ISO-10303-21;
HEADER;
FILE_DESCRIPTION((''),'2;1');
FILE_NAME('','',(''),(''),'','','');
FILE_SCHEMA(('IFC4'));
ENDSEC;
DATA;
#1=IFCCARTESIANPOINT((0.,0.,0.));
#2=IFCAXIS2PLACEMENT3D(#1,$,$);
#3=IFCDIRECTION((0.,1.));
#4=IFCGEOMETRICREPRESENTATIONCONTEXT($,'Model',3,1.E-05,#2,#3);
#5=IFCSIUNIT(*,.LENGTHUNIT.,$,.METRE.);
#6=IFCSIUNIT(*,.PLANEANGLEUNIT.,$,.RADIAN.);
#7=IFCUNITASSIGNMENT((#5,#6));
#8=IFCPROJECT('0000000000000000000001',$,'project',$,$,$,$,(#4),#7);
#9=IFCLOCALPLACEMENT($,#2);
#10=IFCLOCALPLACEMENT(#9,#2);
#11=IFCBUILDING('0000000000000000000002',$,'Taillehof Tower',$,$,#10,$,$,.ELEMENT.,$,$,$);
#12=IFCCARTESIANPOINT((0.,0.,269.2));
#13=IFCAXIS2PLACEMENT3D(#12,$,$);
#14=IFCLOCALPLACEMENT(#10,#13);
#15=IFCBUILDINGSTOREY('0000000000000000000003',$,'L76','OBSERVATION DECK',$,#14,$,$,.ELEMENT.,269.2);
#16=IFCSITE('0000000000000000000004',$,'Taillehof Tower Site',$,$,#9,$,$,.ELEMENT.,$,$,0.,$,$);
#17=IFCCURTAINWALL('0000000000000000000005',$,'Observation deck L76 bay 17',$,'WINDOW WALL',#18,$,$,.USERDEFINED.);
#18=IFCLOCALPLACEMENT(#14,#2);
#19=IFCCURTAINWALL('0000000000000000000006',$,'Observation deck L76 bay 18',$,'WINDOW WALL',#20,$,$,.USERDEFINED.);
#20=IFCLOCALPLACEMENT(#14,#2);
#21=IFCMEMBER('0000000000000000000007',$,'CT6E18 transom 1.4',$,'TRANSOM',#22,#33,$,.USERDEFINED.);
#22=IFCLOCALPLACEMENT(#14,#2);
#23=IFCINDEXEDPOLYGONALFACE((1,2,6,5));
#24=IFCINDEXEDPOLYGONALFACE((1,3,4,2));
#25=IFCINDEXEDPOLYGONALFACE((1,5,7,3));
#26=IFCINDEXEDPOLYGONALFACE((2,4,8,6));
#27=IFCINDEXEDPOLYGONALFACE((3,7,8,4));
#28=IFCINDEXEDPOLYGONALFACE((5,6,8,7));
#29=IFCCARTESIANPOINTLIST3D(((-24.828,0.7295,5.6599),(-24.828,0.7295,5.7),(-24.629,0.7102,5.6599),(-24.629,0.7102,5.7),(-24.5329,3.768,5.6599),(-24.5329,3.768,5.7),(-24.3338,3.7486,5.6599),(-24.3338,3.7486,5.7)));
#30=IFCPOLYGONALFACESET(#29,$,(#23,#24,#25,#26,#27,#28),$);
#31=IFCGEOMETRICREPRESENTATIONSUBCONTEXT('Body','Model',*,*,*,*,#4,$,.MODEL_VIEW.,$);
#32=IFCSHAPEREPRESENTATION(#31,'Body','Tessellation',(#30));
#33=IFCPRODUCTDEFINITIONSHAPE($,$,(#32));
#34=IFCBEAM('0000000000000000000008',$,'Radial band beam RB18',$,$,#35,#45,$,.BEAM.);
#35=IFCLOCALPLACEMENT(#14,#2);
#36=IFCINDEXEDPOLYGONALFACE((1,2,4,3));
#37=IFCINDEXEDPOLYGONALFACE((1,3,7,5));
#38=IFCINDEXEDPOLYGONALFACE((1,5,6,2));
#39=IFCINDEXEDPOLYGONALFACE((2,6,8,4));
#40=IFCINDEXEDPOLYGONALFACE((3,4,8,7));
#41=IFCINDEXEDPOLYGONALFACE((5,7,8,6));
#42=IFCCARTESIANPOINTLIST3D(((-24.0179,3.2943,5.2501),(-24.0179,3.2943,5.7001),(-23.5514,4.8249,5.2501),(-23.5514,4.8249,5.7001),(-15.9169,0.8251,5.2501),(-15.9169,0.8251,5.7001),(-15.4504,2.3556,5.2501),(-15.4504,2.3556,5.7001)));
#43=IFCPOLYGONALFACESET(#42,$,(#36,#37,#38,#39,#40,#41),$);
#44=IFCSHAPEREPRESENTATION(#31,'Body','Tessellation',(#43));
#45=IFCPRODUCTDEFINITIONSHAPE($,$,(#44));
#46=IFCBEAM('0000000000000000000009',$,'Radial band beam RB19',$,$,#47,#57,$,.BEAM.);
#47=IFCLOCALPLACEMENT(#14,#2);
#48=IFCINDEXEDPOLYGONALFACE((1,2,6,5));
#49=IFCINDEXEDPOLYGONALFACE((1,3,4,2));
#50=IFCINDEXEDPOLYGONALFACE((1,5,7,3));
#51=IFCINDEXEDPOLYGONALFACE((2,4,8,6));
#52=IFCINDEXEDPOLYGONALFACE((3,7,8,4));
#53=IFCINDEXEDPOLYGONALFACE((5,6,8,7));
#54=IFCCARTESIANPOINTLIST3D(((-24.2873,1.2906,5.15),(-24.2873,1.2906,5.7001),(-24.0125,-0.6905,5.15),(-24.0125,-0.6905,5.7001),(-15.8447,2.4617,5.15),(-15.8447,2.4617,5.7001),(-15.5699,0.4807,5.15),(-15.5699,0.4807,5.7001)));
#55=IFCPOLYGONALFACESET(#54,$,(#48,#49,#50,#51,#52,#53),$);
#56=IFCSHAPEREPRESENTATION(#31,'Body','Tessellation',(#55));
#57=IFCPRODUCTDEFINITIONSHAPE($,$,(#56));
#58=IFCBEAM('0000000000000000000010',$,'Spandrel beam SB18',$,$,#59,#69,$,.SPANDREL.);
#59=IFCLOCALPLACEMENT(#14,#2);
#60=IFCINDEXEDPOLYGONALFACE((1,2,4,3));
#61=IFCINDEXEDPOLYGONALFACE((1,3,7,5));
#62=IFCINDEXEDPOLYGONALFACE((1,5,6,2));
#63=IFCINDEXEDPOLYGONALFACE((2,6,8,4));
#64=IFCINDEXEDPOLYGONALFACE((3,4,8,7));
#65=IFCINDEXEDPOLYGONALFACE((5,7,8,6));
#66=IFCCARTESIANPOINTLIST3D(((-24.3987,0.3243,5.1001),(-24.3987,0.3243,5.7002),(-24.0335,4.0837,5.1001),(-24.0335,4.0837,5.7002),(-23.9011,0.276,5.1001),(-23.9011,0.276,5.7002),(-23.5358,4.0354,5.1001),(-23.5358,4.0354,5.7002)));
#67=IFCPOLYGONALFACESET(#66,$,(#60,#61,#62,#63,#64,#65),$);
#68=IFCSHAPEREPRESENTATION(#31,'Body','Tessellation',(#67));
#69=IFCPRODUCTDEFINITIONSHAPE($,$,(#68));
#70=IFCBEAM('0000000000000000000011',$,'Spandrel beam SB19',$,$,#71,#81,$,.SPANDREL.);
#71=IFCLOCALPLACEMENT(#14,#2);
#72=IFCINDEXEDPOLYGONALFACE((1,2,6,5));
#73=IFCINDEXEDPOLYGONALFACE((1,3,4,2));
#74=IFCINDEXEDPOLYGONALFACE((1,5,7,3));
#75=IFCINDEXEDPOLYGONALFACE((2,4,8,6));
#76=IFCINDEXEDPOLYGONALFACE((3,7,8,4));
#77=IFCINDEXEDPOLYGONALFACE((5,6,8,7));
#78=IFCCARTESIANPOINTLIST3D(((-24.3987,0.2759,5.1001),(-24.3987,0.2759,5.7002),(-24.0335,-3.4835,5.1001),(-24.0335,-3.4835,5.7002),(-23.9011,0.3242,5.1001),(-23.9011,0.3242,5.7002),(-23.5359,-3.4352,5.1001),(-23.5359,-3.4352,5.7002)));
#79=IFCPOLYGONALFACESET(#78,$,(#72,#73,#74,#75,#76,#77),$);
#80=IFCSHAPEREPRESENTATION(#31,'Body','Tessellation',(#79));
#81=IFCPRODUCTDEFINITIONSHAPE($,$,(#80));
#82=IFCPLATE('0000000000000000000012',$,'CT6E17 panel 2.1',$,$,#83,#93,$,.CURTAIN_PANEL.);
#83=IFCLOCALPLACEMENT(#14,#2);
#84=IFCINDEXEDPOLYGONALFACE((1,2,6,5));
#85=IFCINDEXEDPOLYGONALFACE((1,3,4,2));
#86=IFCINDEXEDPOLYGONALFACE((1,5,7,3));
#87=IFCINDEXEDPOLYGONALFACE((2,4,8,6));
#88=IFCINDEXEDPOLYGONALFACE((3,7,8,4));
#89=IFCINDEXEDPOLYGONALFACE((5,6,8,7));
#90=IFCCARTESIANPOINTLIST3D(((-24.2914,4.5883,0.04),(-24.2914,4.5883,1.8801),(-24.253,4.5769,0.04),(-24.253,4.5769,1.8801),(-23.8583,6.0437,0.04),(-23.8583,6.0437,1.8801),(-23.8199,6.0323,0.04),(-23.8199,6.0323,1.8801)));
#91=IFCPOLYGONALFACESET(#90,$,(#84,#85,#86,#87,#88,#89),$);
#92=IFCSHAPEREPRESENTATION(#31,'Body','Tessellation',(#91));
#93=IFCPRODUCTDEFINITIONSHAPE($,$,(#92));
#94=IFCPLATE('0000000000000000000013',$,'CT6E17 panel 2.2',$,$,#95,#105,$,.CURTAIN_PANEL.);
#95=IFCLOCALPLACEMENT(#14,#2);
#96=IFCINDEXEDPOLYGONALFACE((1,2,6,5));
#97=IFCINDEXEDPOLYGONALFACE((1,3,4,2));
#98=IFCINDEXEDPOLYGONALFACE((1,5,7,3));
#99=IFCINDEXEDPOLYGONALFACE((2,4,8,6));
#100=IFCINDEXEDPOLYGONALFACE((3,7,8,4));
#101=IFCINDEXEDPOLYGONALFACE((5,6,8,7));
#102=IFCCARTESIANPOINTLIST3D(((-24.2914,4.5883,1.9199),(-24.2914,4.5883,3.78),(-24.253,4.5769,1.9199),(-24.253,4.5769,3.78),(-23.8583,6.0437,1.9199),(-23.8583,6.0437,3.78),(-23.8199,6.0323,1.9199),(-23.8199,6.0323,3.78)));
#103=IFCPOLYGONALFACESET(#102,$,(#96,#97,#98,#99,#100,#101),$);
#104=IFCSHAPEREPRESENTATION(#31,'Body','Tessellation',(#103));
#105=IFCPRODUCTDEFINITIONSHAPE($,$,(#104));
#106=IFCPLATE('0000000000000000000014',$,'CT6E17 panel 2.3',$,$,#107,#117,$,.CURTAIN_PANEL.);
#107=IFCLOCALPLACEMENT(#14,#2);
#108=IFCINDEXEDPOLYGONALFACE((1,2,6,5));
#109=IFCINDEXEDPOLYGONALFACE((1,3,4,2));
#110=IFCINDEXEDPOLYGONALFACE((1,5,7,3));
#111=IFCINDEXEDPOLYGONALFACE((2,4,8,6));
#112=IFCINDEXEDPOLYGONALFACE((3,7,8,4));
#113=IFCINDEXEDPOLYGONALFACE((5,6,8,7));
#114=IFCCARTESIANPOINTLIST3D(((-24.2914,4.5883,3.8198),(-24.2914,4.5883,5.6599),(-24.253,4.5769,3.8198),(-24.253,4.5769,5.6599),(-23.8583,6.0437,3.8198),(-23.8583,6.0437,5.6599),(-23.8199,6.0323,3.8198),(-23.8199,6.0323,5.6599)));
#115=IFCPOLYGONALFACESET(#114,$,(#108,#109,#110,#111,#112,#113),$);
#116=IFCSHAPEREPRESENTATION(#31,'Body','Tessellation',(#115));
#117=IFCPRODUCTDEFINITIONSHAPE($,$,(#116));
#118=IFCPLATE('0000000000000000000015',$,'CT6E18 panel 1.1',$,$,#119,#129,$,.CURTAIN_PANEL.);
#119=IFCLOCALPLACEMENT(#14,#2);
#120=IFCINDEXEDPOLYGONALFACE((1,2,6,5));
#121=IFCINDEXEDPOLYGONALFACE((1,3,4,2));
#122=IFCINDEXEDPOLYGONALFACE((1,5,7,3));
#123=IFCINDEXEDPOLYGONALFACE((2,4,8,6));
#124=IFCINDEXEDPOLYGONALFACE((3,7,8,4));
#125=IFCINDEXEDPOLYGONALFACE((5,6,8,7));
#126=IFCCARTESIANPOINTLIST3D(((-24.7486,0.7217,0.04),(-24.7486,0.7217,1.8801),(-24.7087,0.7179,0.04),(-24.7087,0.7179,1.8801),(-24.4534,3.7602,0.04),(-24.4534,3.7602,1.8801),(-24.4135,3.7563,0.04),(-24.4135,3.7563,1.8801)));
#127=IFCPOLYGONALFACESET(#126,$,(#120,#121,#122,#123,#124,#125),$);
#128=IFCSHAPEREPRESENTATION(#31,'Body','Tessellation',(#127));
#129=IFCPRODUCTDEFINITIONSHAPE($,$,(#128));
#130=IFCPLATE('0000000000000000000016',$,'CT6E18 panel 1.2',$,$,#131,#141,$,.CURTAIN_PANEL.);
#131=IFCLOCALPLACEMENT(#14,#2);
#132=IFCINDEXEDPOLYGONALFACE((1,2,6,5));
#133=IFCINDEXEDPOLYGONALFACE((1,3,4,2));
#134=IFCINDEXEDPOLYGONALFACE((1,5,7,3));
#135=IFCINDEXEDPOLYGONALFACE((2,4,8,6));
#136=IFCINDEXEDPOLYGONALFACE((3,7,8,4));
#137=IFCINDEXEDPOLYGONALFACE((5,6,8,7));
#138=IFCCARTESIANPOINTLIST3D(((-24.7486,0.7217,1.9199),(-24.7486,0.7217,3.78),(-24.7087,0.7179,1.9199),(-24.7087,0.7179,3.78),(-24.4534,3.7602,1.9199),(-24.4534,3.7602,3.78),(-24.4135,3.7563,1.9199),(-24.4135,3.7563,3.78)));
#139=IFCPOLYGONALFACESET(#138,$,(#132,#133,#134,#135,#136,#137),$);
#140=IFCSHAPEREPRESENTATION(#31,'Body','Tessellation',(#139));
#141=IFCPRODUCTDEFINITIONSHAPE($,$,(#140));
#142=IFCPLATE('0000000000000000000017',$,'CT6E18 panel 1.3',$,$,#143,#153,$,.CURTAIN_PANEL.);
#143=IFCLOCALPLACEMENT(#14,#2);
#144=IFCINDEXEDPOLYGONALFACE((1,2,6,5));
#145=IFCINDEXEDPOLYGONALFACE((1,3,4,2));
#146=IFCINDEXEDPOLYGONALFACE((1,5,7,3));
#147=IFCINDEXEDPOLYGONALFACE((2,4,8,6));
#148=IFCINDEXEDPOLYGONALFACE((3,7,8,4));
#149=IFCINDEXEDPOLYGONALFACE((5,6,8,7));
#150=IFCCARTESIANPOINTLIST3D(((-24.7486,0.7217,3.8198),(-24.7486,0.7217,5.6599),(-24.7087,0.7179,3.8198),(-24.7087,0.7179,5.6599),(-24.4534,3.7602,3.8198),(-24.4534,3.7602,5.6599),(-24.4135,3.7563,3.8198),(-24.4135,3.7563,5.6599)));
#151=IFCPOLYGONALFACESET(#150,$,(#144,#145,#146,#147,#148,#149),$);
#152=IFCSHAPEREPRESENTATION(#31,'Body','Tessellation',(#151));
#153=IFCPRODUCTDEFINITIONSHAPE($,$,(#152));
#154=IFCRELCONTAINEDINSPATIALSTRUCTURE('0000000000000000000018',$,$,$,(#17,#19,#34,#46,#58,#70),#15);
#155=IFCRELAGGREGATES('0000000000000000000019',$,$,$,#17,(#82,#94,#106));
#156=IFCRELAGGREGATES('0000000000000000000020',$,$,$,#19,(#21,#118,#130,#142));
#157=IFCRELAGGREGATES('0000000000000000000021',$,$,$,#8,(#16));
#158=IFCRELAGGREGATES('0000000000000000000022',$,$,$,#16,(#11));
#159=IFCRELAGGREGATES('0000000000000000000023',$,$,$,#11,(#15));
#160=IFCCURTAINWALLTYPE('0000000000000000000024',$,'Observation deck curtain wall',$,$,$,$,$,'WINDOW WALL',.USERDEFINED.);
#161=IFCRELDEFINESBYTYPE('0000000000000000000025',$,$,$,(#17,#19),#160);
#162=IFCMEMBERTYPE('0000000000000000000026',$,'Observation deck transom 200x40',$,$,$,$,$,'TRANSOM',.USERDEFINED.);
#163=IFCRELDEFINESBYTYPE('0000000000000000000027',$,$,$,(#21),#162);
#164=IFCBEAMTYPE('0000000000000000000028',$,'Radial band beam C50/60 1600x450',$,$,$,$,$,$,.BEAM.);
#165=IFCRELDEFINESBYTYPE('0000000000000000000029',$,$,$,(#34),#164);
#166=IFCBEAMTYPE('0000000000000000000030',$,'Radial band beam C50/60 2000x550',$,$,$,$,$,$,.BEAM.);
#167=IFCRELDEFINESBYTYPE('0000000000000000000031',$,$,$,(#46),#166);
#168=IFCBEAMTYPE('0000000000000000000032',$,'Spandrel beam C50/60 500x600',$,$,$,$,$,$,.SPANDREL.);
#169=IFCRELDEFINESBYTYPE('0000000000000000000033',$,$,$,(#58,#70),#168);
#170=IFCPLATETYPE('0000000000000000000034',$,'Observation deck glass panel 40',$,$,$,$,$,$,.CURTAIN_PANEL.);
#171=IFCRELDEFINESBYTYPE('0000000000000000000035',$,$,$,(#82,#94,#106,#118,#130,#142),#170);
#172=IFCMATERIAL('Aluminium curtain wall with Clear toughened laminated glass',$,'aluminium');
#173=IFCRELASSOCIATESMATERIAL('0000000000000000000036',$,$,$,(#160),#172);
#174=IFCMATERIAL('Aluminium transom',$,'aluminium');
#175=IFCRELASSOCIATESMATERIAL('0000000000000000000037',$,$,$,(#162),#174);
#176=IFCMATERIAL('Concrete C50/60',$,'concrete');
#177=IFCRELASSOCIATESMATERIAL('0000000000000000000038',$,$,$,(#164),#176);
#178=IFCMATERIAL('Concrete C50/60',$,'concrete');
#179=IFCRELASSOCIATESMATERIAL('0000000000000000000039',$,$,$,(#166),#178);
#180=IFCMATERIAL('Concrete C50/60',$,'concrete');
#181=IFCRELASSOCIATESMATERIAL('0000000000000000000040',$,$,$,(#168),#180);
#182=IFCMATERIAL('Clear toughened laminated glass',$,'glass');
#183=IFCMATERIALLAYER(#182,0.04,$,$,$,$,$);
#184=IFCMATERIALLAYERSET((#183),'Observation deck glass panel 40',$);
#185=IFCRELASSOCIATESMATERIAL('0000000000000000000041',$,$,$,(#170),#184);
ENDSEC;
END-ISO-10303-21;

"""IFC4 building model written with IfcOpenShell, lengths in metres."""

from ifc_helpers import new_model, si_unit, direction, frame, origin, origin_2d, place, context, subcontext, project, spatial, rectangle, extrude, material, layer, layer_set, material_profile, profile_set, type_object, element, aggregate, save


model = new_model("IFC4")

# Units and contexts
model_context = context("Model", 3, precision=1e-05, world=origin(), true_north=direction((0.0, 1.0)))
body_context = subcontext(model_context, "Body", "Model", "MODEL_VIEW")
ifc_project = project(units=[si_unit("LENGTHUNIT", "METRE"), si_unit("PLANEANGLEUNIT", "RADIAN")], contexts=[model_context])

# Site, building, storey
site_placement = place(None, origin())
site = spatial("IfcSite", under=ifc_project, at=site_placement, Name="Taillehof Tower Site", CompositionType="ELEMENT", RefElevation=0.0)
building_placement = place(site_placement, origin())
building = spatial("IfcBuilding", under=site, at=building_placement, Name="Taillehof Tower", CompositionType="ELEMENT")
storey_placement = place(building_placement, frame((0.0, 0.0, 269.2)))
storey = spatial("IfcBuildingStorey", under=building, at=storey_placement, Name="L76", Description="OBSERVATION DECK", CompositionType="ELEMENT", Elevation=269.2)

# Curtain wall
ifc_material_1 = material(Name="Aluminium curtain wall with Clear toughened laminated glass", Category="aluminium")
curtain_wall_type = type_object("IfcCurtainWallType", Name="Observation deck curtain wall", ElementType="WINDOW WALL", PredefinedType="USERDEFINED", material=ifc_material_1)
curtain_wall_1_placement = place(storey_placement, origin())
curtain_wall_1 = element("IfcCurtainWall", 1, at=curtain_wall_1_placement, inside=storey, type_object=curtain_wall_type, Name="Observation deck L76 bay 17", ObjectType="WINDOW WALL", PredefinedType="USERDEFINED")

# Curtain wall
curtain_wall_2_placement = place(storey_placement, origin())
curtain_wall_2 = element("IfcCurtainWall", 2, at=curtain_wall_2_placement, inside=storey, type_object=curtain_wall_type, Name="Observation deck L76 bay 18", ObjectType="WINDOW WALL", PredefinedType="USERDEFINED")

# Member
ifc_material_2 = material(Name="Aluminium transom", Category="aluminium")
ifc_material_profile_1 = material_profile(ifc_material_2, rectangle(XDim=0.2, YDim=0.04, at=origin_2d()), Name="AL 200x40")
ifc_profile_set_1 = profile_set([ifc_material_profile_1], Name="Aluminium transom")
member_type_1 = type_object("IfcMemberType", Name="Observation deck transom 200x40", ElementType="TRANSOM", PredefinedType="USERDEFINED", material=ifc_profile_set_1)
member_1_placement = place(storey_placement, frame((-24.4333, 3.7583, 5.6799), z_axis=(-0.096692, -0.995314, 0.0), x_axis=(0.995314, -0.096692, 0.0)))
member_1 = element("IfcMember", 3, at=member_1_placement, type_object=member_type_1, Name="CT6E18 transom 1.4", ObjectType="TRANSOM", PredefinedType="USERDEFINED", context=body_context, shape_type="SweptSolid", body=[
    extrude(rectangle(XDim=0.2, YDim=0.04, at=origin_2d()), origin(), (0.0, 0.0, 1.0), 3.0527),
])

# Beams
ifc_material_3 = material(Name="Concrete C50/60", Category="concrete")
ifc_material_profile_2 = material_profile(ifc_material_3, rectangle(XDim=1.6001, YDim=0.45, at=origin_2d()), Name="RC 1600x450")
ifc_profile_set_2 = profile_set([ifc_material_profile_2], Name="Concrete C50/60")
beam_type_1 = type_object("IfcBeamType", Name="Radial band beam C50/60 1600x450", PredefinedType="BEAM", material=ifc_profile_set_2)
beam_1_placement = place(storey_placement, frame((-23.7847, 4.0596, 5.4751), z_axis=(0.956552, -0.291561, 0.0), x_axis=(0.291561, 0.956552, 0.0)))
element("IfcBeam", 4, at=beam_1_placement, inside=storey, type_object=beam_type_1, Name="Radial band beam RB18", PredefinedType="BEAM", context=body_context, shape_type="SweptSolid", body=[
    extrude(rectangle(XDim=1.6001, YDim=0.45, at=origin_2d()), origin(), (0.0, 0.0, 1.0), 8.469),
])
ifc_material_4 = material(Name="Concrete C50/60", Category="concrete")
ifc_material_profile_3 = material_profile(ifc_material_4, rectangle(XDim=2.0, YDim=0.55, at=origin_2d()), Name="RC 2000x550")
ifc_profile_set_3 = profile_set([ifc_material_profile_3], Name="Concrete C50/60")
beam_type_2 = type_object("IfcBeamType", Name="Radial band beam C50/60 2000x550", PredefinedType="BEAM", material=ifc_profile_set_3)
beam_2_placement = place(storey_placement, frame((-24.1499, 0.3, 5.425), z_axis=(0.990515, 0.137402, 0.0), x_axis=(-0.137402, 0.990515, 0.0)))
element("IfcBeam", 5, at=beam_2_placement, inside=storey, type_object=beam_type_2, Name="Radial band beam RB19", PredefinedType="BEAM", context=body_context, shape_type="SweptSolid", body=[
    extrude(rectangle(XDim=2.0, YDim=0.55, at=origin_2d()), origin(), (0.0, 0.0, 1.0), 8.5234),
])
ifc_material_5 = material(Name="Concrete C50/60", Category="concrete")
ifc_material_profile_4 = material_profile(ifc_material_5, rectangle(XDim=0.5, YDim=0.6001, at=origin_2d()), Name="RC 500x600")
ifc_profile_set_4 = profile_set([ifc_material_profile_4], Name="Concrete C50/60")
beam_type_3 = type_object("IfcBeamType", Name="Spandrel beam C50/60 500x600", PredefinedType="SPANDREL", material=ifc_profile_set_4)
for number, where, z_axis, x_axis, name in (
    (6, (-23.7847, 4.0596, 5.4001), (-0.096694, -0.995314, 0.0), (0.995314, -0.096694, 0.0), "Spandrel beam SB18"),
    (7, (-24.1499, 0.3, 5.4001), (0.096694, -0.995314, 0.0), (0.995314, 0.096694, 0.0), "Spandrel beam SB19"),
):
    element("IfcBeam", number, at=place(storey_placement, frame(where, z_axis=z_axis, x_axis=x_axis)), inside=storey, type_object=beam_type_3, Name=name, PredefinedType="SPANDREL", context=body_context, shape_type="SweptSolid", body=[
        extrude(rectangle(XDim=0.5, YDim=0.6001, at=origin_2d()), origin(), (0.0, 0.0, 1.0), 3.7771),
    ])

# Plates
ifc_material_6 = material(Name="Clear toughened laminated glass", Category="glass")
ifc_layer = layer(ifc_material_6, 0.04)
ifc_layer_set = layer_set([ifc_layer], Name="Observation deck glass panel 40")
plate_type = type_object("IfcPlateType", Name="Observation deck glass panel 40", PredefinedType="CURTAIN_PANEL", material=ifc_layer_set)
plate_1_placement = place(storey_placement, frame((-24.0557, 5.3103, 0.04), z_axis=(0.0, 0.0, 1.0), x_axis=(-0.285236, -0.958457, 0.0)))
plate_1 = element("IfcPlate", 8, at=plate_1_placement, type_object=plate_type, Name="CT6E17 panel 2.1", PredefinedType="CURTAIN_PANEL", context=body_context, shape_type="SweptSolid", body=[
    extrude(rectangle(XDim=1.5186, YDim=0.04, at=origin_2d()), origin(), (0.0, 0.0, 1.0), 1.8401),
])
plate_2_placement = place(storey_placement, frame((-24.0557, 5.3103, 1.9199), z_axis=(0.0, 0.0, 1.0), x_axis=(-0.285236, -0.958457, 0.0)))
plate_2 = element("IfcPlate", 9, at=plate_2_placement, type_object=plate_type, Name="CT6E17 panel 2.2", PredefinedType="CURTAIN_PANEL", context=body_context, shape_type="SweptSolid", body=[
    extrude(rectangle(XDim=1.5186, YDim=0.04, at=origin_2d()), origin(), (0.0, 0.0, 1.0), 1.8601),
])
plate_3_placement = place(storey_placement, frame((-24.0557, 5.3103, 3.8198), z_axis=(0.0, 0.0, 1.0), x_axis=(-0.285236, -0.958457, 0.0)))
plate_3 = element("IfcPlate", 10, at=plate_3_placement, type_object=plate_type, Name="CT6E17 panel 2.3", PredefinedType="CURTAIN_PANEL", context=body_context, shape_type="SweptSolid", body=[
    extrude(rectangle(XDim=1.5186, YDim=0.04, at=origin_2d()), origin(), (0.0, 0.0, 1.0), 1.8401),
])
aggregate(curtain_wall_1, [plate_1, plate_2, plate_3])
plate_4_placement = place(storey_placement, frame((-24.5811, 2.239, 0.04), z_axis=(0.0, 0.0, 1.0), x_axis=(-0.096714, -0.995312, 0.0)))
plate_4 = element("IfcPlate", 11, at=plate_4_placement, type_object=plate_type, Name="CT6E18 panel 1.1", PredefinedType="CURTAIN_PANEL", context=body_context, shape_type="SweptSolid", body=[
    extrude(rectangle(XDim=3.0527, YDim=0.04, at=origin_2d()), origin(), (0.0, 0.0, 1.0), 1.8401),
])
plate_5_placement = place(storey_placement, frame((-24.5811, 2.239, 1.9199), z_axis=(0.0, 0.0, 1.0), x_axis=(-0.096714, -0.995312, 0.0)))
plate_5 = element("IfcPlate", 12, at=plate_5_placement, type_object=plate_type, Name="CT6E18 panel 1.2", PredefinedType="CURTAIN_PANEL", context=body_context, shape_type="SweptSolid", body=[
    extrude(rectangle(XDim=3.0527, YDim=0.04, at=origin_2d()), origin(), (0.0, 0.0, 1.0), 1.8601),
])
plate_6_placement = place(storey_placement, frame((-24.5811, 2.239, 3.8198), z_axis=(0.0, 0.0, 1.0), x_axis=(-0.096714, -0.995312, 0.0)))
plate_6 = element("IfcPlate", 13, at=plate_6_placement, type_object=plate_type, Name="CT6E18 panel 1.3", PredefinedType="CURTAIN_PANEL", context=body_context, shape_type="SweptSolid", body=[
    extrude(rectangle(XDim=3.0527, YDim=0.04, at=origin_2d()), origin(), (0.0, 0.0, 1.0), 1.8401),
])
aggregate(curtain_wall_2, [member_1, plate_4, plate_5, plate_6])

save(model, "model.ifc")
